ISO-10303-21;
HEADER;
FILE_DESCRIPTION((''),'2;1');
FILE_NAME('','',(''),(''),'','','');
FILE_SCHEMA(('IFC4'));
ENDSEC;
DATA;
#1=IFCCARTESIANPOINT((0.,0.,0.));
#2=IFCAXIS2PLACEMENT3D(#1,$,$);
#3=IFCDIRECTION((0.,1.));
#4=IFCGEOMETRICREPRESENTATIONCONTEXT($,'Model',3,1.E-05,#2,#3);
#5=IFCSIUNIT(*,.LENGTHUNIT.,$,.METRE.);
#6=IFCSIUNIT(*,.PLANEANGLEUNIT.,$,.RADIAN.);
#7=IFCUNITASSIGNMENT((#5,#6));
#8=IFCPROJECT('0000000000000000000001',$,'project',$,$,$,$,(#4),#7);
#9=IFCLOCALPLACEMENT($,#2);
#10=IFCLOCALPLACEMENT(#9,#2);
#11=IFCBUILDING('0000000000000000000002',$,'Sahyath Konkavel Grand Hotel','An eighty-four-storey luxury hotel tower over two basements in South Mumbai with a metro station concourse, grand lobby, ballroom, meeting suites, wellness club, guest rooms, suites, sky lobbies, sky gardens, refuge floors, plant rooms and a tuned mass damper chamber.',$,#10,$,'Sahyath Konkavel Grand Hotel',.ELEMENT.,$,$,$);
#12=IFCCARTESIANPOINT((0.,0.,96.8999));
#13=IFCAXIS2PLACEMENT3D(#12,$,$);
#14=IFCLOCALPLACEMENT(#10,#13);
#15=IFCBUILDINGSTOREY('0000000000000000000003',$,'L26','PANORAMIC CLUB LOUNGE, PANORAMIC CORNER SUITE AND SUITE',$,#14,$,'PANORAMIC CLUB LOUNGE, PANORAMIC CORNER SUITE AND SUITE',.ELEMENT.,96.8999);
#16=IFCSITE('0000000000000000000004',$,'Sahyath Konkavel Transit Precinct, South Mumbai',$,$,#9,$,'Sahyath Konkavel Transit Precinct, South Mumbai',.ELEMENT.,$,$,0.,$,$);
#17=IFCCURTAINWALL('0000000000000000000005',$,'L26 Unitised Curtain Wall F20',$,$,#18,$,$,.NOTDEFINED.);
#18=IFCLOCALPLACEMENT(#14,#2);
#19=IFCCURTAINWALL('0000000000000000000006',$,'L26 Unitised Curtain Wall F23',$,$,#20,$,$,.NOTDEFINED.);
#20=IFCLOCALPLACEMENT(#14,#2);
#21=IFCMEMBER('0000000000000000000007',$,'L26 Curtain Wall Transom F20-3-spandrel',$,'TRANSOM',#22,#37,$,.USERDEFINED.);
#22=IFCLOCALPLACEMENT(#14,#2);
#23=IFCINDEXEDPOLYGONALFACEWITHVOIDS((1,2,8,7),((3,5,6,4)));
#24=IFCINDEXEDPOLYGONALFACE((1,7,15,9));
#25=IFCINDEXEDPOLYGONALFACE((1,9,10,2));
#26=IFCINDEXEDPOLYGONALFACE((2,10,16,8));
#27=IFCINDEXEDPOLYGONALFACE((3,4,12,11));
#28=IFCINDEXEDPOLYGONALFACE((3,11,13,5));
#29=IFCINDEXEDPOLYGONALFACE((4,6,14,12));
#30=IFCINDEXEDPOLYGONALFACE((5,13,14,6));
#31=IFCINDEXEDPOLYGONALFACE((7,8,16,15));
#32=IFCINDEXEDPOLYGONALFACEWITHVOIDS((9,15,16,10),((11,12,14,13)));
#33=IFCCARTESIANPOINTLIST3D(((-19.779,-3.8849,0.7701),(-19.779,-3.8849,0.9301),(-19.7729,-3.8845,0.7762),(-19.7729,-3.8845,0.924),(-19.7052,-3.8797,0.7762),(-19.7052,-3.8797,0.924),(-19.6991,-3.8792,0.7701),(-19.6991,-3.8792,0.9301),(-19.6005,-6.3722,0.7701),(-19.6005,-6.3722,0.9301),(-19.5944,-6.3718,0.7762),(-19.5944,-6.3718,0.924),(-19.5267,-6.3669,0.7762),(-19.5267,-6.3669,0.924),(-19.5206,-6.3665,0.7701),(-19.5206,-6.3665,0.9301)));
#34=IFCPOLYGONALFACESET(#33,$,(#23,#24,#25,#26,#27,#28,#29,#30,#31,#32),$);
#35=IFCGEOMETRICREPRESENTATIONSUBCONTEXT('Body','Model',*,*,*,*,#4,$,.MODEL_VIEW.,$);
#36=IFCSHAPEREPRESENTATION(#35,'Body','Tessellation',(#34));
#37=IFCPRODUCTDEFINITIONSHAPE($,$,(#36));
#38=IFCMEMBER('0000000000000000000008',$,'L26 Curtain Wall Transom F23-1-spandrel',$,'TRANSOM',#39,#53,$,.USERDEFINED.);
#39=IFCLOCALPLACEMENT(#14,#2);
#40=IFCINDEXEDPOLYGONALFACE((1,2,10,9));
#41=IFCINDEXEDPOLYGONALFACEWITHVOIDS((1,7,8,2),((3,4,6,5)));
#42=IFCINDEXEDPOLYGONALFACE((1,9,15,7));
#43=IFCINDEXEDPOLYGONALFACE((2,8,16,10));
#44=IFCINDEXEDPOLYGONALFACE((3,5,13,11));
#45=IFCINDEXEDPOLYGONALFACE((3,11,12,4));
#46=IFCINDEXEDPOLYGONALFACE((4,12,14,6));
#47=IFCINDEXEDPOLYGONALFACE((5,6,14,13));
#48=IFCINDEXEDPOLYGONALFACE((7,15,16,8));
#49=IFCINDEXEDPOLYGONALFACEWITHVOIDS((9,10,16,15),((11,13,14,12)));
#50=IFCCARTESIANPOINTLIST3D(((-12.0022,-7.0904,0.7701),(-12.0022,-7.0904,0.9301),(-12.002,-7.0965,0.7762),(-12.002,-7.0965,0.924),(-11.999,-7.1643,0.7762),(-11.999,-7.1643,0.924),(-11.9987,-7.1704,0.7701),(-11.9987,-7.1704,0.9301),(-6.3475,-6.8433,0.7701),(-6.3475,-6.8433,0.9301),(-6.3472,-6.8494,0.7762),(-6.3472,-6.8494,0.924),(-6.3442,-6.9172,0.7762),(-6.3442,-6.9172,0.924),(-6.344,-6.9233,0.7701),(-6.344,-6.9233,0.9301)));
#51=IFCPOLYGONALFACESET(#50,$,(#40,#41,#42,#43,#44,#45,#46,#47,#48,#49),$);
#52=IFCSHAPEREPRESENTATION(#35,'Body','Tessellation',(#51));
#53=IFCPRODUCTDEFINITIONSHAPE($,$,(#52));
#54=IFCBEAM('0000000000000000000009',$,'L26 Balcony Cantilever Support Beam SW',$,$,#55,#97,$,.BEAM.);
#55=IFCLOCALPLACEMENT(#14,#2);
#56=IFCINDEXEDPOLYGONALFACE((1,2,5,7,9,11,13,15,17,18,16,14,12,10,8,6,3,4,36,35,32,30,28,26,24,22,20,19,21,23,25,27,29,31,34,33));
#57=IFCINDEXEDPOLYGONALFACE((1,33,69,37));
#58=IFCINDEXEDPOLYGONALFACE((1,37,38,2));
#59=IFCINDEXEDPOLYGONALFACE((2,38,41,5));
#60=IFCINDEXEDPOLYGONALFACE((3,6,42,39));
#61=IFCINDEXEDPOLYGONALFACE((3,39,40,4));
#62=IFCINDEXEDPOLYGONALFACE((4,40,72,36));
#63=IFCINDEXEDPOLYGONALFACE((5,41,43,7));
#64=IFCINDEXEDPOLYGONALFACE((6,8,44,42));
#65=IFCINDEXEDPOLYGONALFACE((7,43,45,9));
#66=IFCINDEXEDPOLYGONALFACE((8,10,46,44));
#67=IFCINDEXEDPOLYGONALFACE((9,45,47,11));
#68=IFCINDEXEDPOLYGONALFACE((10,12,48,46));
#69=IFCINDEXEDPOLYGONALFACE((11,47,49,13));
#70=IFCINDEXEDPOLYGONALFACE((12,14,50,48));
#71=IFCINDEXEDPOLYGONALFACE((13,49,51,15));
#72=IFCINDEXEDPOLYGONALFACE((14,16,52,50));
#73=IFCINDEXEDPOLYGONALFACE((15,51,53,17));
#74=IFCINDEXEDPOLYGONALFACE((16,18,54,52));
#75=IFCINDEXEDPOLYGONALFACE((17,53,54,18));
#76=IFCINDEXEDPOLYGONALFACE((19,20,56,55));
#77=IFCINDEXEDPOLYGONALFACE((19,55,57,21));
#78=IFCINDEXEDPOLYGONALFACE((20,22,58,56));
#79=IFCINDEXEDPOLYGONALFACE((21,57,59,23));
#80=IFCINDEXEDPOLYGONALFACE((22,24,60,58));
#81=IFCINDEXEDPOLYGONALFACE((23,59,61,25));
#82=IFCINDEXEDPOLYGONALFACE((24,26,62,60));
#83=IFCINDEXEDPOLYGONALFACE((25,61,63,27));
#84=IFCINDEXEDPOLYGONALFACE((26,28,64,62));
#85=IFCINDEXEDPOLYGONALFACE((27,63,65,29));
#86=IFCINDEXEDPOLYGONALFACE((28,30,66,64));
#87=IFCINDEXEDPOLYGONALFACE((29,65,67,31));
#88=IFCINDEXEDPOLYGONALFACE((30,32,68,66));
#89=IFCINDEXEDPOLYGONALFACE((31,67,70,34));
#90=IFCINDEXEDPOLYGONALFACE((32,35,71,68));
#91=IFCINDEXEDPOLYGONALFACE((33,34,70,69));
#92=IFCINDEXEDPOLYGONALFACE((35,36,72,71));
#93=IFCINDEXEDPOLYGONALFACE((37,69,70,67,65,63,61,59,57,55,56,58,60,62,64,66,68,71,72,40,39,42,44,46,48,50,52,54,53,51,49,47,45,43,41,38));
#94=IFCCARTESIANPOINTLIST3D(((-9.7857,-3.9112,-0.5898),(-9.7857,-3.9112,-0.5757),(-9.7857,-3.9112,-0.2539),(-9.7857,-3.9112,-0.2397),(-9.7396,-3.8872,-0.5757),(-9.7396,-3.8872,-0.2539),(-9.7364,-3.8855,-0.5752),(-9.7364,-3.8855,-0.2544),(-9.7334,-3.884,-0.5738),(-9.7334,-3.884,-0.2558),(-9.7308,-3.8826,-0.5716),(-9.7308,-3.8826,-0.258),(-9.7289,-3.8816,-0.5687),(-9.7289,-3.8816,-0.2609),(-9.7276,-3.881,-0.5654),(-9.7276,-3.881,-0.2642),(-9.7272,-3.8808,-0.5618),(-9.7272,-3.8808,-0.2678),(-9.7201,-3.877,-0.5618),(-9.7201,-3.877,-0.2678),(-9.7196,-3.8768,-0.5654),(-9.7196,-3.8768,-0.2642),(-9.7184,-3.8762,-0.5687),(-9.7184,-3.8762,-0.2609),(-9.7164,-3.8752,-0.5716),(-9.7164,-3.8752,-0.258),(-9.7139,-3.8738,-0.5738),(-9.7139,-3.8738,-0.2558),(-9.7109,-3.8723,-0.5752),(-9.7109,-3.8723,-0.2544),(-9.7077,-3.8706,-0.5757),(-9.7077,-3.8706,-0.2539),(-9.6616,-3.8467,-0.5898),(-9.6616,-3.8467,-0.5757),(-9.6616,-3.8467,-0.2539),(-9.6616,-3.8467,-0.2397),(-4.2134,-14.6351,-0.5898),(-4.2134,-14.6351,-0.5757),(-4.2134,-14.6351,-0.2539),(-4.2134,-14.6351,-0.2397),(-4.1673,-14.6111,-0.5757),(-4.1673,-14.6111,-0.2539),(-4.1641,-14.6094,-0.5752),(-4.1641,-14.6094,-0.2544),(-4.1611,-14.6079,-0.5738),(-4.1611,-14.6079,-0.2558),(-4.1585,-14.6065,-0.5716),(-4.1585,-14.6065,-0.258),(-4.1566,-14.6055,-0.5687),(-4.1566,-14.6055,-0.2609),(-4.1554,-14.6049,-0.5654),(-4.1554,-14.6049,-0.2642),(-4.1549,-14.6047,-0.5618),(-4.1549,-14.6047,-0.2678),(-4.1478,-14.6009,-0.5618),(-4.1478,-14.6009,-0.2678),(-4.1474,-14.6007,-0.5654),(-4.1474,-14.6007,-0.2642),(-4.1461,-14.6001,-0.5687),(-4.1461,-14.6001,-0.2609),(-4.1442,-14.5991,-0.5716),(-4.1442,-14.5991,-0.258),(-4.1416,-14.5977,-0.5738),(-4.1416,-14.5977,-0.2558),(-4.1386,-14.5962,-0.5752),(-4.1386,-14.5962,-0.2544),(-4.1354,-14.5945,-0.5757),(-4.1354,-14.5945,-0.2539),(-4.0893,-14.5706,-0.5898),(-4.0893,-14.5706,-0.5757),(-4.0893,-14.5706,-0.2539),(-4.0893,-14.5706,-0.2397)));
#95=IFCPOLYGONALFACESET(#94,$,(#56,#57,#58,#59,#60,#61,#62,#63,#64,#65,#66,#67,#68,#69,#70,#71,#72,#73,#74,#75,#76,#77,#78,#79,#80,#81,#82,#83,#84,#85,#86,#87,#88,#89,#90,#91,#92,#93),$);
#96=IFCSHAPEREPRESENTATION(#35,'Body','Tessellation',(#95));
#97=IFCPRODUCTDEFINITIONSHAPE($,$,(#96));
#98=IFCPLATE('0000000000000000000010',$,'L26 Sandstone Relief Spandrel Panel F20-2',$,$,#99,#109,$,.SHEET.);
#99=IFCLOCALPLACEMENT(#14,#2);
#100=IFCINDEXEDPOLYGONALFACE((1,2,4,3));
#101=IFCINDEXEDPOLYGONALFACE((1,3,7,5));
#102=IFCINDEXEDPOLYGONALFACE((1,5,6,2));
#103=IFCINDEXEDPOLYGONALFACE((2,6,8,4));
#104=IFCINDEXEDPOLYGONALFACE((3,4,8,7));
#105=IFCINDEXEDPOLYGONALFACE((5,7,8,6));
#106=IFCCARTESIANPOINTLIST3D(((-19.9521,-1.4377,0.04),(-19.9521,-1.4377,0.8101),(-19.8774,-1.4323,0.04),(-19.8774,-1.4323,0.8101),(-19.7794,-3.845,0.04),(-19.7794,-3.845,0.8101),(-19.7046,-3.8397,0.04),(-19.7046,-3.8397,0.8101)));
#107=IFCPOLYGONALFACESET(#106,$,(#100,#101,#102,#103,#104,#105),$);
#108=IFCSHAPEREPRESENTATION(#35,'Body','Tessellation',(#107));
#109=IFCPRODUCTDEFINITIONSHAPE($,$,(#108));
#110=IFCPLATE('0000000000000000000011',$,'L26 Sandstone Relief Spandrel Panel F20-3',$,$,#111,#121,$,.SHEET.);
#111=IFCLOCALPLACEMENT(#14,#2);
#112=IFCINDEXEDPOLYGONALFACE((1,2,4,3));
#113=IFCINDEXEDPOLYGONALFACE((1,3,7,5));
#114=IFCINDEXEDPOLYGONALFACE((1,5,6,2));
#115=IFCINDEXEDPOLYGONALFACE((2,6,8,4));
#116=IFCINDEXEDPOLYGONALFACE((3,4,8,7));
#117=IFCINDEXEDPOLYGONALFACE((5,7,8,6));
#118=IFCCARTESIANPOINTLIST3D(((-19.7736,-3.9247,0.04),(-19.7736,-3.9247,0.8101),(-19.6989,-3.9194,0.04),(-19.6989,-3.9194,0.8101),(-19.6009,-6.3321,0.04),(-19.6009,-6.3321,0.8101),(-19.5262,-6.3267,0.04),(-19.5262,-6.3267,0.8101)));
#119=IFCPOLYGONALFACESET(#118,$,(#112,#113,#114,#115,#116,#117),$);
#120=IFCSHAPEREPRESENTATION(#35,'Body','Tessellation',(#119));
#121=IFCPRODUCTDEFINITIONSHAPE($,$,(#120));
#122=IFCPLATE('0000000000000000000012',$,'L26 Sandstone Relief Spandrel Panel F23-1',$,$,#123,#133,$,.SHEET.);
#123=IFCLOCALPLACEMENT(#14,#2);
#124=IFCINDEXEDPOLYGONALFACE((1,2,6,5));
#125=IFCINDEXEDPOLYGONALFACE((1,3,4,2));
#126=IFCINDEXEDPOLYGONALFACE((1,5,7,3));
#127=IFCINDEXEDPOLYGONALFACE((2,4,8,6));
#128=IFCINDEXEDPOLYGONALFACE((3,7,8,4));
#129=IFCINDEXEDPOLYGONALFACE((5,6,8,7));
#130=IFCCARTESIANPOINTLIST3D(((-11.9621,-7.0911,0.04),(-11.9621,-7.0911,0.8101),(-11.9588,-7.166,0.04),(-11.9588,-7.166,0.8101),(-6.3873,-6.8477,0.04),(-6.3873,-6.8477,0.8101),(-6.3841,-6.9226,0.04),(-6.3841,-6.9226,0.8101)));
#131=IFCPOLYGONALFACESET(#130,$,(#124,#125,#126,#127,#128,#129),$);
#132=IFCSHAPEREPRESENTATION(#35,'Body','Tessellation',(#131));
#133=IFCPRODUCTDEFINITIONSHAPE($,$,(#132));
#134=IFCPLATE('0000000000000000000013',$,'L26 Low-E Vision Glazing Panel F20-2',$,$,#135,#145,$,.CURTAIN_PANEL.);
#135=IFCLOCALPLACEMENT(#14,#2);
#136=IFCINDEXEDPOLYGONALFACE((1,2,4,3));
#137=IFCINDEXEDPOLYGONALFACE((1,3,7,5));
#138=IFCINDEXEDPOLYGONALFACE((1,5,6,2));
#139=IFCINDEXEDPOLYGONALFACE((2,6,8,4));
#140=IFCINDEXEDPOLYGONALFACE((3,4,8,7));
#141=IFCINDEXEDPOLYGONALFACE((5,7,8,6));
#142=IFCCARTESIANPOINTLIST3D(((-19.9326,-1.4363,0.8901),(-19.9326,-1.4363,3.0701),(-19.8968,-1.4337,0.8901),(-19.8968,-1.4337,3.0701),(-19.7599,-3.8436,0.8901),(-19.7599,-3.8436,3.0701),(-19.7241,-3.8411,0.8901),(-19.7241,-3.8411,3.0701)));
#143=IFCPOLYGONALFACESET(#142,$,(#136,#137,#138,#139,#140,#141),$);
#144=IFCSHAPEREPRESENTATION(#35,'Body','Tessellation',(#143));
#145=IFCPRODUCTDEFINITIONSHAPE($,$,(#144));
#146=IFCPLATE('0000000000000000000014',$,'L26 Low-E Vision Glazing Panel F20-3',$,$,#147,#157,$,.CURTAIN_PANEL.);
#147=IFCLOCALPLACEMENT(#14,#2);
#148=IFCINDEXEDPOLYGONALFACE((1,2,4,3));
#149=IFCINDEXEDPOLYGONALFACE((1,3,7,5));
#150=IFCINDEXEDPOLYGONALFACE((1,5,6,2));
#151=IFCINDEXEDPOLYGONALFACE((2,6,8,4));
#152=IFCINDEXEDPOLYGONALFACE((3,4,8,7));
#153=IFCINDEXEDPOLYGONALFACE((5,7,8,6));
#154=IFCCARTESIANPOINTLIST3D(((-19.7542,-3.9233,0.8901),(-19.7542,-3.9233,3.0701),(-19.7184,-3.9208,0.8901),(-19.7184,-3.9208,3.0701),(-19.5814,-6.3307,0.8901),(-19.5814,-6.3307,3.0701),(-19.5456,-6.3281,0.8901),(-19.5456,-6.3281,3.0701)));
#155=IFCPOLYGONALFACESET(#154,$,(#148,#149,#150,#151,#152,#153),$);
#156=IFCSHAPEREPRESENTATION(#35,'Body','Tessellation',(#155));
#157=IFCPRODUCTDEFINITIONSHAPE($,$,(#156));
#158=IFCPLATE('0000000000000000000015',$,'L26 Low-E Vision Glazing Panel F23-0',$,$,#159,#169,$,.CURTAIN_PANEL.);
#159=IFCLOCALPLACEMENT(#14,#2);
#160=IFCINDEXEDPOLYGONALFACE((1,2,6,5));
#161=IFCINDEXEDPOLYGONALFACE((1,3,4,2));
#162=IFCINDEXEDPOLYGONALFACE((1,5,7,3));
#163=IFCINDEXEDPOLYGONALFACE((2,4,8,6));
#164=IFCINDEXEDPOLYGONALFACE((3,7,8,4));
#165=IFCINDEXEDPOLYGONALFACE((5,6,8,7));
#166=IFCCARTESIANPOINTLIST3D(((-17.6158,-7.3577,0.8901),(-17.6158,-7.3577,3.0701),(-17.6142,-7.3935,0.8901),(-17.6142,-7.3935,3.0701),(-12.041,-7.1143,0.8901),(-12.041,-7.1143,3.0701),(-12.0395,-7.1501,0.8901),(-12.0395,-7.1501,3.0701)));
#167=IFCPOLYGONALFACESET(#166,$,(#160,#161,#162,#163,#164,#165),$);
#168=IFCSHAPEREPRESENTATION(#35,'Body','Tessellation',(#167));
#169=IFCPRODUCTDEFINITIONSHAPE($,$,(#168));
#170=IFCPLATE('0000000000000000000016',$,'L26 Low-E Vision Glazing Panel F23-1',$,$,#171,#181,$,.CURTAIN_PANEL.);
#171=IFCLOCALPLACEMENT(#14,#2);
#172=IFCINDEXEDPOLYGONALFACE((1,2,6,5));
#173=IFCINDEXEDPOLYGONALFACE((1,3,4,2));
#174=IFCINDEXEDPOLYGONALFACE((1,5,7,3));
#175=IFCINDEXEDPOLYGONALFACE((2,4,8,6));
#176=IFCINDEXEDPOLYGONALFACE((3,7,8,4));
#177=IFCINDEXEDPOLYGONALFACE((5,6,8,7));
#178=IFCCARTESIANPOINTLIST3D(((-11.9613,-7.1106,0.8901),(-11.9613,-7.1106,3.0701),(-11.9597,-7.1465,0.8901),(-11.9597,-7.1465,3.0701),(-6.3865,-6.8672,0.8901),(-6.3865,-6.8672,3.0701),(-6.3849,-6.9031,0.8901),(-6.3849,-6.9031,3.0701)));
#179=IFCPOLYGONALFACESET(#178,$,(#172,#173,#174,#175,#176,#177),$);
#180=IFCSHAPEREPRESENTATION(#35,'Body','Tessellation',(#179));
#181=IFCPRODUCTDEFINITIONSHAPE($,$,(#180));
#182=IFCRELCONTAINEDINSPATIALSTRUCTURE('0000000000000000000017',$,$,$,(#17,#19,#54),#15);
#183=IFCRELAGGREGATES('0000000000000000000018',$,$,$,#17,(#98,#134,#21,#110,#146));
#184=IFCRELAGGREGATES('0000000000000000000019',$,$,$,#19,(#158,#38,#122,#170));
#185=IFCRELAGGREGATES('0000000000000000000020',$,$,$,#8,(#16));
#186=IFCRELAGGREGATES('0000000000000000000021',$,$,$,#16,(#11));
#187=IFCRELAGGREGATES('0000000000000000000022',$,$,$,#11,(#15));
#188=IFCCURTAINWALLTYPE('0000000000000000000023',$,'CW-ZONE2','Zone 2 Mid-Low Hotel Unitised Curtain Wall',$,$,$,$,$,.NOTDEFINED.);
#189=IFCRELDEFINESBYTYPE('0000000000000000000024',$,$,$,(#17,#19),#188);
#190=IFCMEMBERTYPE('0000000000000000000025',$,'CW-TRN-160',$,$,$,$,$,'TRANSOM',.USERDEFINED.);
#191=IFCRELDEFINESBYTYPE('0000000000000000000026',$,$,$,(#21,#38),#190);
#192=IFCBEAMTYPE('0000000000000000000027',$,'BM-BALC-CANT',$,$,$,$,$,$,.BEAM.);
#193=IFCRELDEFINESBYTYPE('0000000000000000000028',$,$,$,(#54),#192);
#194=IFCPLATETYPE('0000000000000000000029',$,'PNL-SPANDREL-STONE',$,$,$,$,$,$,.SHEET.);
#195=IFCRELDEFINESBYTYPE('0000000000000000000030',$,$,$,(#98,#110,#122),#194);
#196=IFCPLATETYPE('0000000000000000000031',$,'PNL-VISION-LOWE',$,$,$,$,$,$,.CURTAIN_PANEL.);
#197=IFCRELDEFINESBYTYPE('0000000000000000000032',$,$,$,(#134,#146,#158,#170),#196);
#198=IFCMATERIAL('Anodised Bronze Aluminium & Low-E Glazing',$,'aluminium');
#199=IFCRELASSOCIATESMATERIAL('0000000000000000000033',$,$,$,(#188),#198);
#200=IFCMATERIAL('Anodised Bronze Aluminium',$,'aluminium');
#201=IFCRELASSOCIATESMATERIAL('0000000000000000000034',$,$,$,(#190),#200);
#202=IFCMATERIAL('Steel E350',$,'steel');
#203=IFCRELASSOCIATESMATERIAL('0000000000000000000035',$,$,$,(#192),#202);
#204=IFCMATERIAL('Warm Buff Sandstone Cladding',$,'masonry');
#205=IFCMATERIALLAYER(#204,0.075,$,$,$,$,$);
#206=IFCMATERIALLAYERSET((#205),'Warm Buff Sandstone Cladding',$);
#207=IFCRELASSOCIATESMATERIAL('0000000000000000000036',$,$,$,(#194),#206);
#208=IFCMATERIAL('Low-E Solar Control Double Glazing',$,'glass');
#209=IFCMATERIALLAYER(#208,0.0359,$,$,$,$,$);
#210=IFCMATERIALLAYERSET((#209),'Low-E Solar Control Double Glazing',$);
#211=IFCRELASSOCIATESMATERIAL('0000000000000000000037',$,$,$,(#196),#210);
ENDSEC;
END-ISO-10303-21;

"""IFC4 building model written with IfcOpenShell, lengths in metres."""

from ifc_helpers import new_model, si_unit, direction, frame, origin, origin_2d, place, context, subcontext, project, spatial, rectangle, hollow_rectangle, i_section, extrude, source, transform, mapped, material, layer, layer_set, material_profile, profile_set, type_object, element, aggregate, save


model = new_model("IFC4")

# Units and contexts
model_context = context("Model", 3, precision=1e-05, world=origin(), true_north=direction((0.0, 1.0)))
body_context = subcontext(model_context, "Body", "Model", "MODEL_VIEW")
ifc_project = project(units=[si_unit("LENGTHUNIT", "METRE"), si_unit("PLANEANGLEUNIT", "RADIAN")], contexts=[model_context])

# Site, building, storey
site_placement = place(None, origin())
site = spatial("IfcSite", under=ifc_project, at=site_placement, Name="Sahyath Konkavel Transit Precinct, South Mumbai", LongName="Sahyath Konkavel Transit Precinct, South Mumbai", CompositionType="ELEMENT", RefElevation=0.0)
building_placement = place(site_placement, origin())
building = spatial("IfcBuilding", under=site, at=building_placement, Name="Sahyath Konkavel Grand Hotel", Description="An eighty-four-storey luxury hotel tower over two basements in South Mumbai with a metro station concourse, grand lobby, ballroom, meeting suites, wellness club, guest rooms, suites, sky lobbies, sky gardens, refuge floors, plant rooms and a tuned mass damper chamber.", LongName="Sahyath Konkavel Grand Hotel", CompositionType="ELEMENT")
storey_placement = place(building_placement, frame((0.0, 0.0, 96.8999)))
storey = spatial("IfcBuildingStorey", under=building, at=storey_placement, Name="L26", Description="PANORAMIC CLUB LOUNGE, PANORAMIC CORNER SUITE AND SUITE", LongName="PANORAMIC CLUB LOUNGE, PANORAMIC CORNER SUITE AND SUITE", CompositionType="ELEMENT", Elevation=96.8999)

# Shared definitions
ifc_material_1 = material(Name="Steel E350", Category="steel")

# Curtain wall
ifc_material_2 = material(Name="Anodised Bronze Aluminium & Low-E Glazing", Category="aluminium")
curtain_wall_type = type_object("IfcCurtainWallType", Name="CW-ZONE2", Description="Zone 2 Mid-Low Hotel Unitised Curtain Wall", PredefinedType="NOTDEFINED", material=ifc_material_2)
curtain_wall_1_placement = place(storey_placement, origin())
curtain_wall_1 = element("IfcCurtainWall", 1, at=curtain_wall_1_placement, inside=storey, type_object=curtain_wall_type, Name="L26 Unitised Curtain Wall F20", PredefinedType="NOTDEFINED")
ifc_material_3 = material(Name="Anodised Bronze Aluminium", Category="aluminium")

# Curtain wall
curtain_wall_2_placement = place(storey_placement, origin())
curtain_wall_2 = element("IfcCurtainWall", 2, at=curtain_wall_2_placement, inside=storey, type_object=curtain_wall_type, Name="L26 Unitised Curtain Wall F23", PredefinedType="NOTDEFINED")

# Members
ifc_material_profile_1 = material_profile(ifc_material_3, hollow_rectangle(XDim=0.0801, YDim=0.1599, WallThickness=0.0061, at=origin_2d()), Name="RHS 160x80x6")
ifc_profile_set_1 = profile_set([ifc_material_profile_1], Name="Anodised Bronze Aluminium")
member_type_1 = type_object("IfcMemberType", Name="CW-TRN-160", ElementType="TRANSOM", PredefinedType="USERDEFINED", material=ifc_profile_set_1)
shared_shape_1 = source(origin(), body_context, "Body", "SweptSolid", [
    extrude(hollow_rectangle(XDim=0.0801, YDim=0.1599, WallThickness=0.0061, at=origin_2d()), origin(), (0.0, 0.0, 1.0), 2.4937),
])
member_1_placement = place(storey_placement, frame((-19.739, -3.8821, 0.8501), z_axis=(0.071567, -0.997436, 0.0), x_axis=(0.997436, 0.071567, 0.0)))
member_1 = element("IfcMember", 3, at=member_1_placement, type_object=member_type_1, Name="L26 Curtain Wall Transom F20-3-spandrel", ObjectType="TRANSOM", PredefinedType="USERDEFINED", context=body_context, shape_type="MappedRepresentation", body=[
    mapped(shared_shape_1, transform((0.0, 0.0, 0.0), scale=1.0)),
])
shared_shape_2 = source(origin(), body_context, "Body", "SweptSolid", [
    extrude(hollow_rectangle(XDim=0.0801, YDim=0.1599, WallThickness=0.0061, at=origin_2d()), origin(), (0.0, 0.0, 1.0), 5.6602),
])
member_2_placement = place(storey_placement, frame((-12.0005, -7.1304, 0.8501), z_axis=(0.999047, 0.043651, 0.0), x_axis=(-0.043651, 0.999047, 0.0)))
member_2 = element("IfcMember", 4, at=member_2_placement, type_object=member_type_1, Name="L26 Curtain Wall Transom F23-1-spandrel", ObjectType="TRANSOM", PredefinedType="USERDEFINED", context=body_context, shape_type="MappedRepresentation", body=[
    mapped(shared_shape_2, transform((0.0, 0.0, 0.0), scale=1.0)),
])

# Beam
ifc_material_profile_2 = material_profile(ifc_material_1, i_section(OverallWidth=0.1399, OverallDepth=0.3501, WebThickness=0.0081, FlangeThickness=0.0142, FilletRadius=0.0139, at=origin_2d()), Name="ISMB 350")
ifc_profile_set_2 = profile_set([ifc_material_profile_2], Name="Steel E350")
beam_type_1 = type_object("IfcBeamType", Name="BM-BALC-CANT", PredefinedType="BEAM", material=ifc_profile_set_2)
shared_shape_3 = source(origin(), body_context, "Body", "SweptSolid", [
    extrude(i_section(OverallWidth=0.1399, OverallDepth=0.3501, WebThickness=0.0081, FlangeThickness=0.0142, FilletRadius=0.0139, at=origin_2d()), origin(), (0.0, 0.0, 1.0), 12.0852),
])
beam_1_placement = place(storey_placement, frame((-9.7236, -3.8789, -0.4148), z_axis=(0.461082, -0.887357, 0.0), x_axis=(0.887357, 0.461082, 0.0)))
element("IfcBeam", 5, at=beam_1_placement, inside=storey, type_object=beam_type_1, Name="L26 Balcony Cantilever Support Beam SW", PredefinedType="BEAM", context=body_context, shape_type="MappedRepresentation", body=[
    mapped(shared_shape_3, transform((0.0, 0.0, 0.0), scale=1.0)),
])

# Plates
ifc_material_4 = material(Name="Warm Buff Sandstone Cladding", Category="masonry")
ifc_layer_1 = layer(ifc_material_4, 0.075)
ifc_layer_set_1 = layer_set([ifc_layer_1], Name="Warm Buff Sandstone Cladding")
plate_type_1 = type_object("IfcPlateType", Name="PNL-SPANDREL-STONE", PredefinedType="SHEET", material=ifc_layer_set_1)
shared_shape_4 = source(origin(), body_context, "Body", "SweptSolid", [
    extrude(rectangle(XDim=2.4136, YDim=0.075, at=origin_2d()), origin(), (0.0, 0.0, 1.0), 0.77),
])
plate_1_placement = place(storey_placement, frame((-19.8284, -2.6387, 0.04), z_axis=(0.0, 0.0, 1.0), x_axis=(0.071567, -0.997436, 0.0)))
plate_1 = element("IfcPlate", 6, at=plate_1_placement, type_object=plate_type_1, Name="L26 Sandstone Relief Spandrel Panel F20-2", PredefinedType="SHEET", context=body_context, shape_type="MappedRepresentation", body=[
    mapped(shared_shape_4, transform((0.0, 0.0, 0.0), scale=1.0)),
])
plate_2_placement = place(storey_placement, frame((-19.6499, -5.1257, 0.04), z_axis=(0.0, 0.0, 1.0), x_axis=(0.071567, -0.997436, 0.0)))
plate_2 = element("IfcPlate", 7, at=plate_2_placement, type_object=plate_type_1, Name="L26 Sandstone Relief Spandrel Panel F20-3", PredefinedType="SHEET", context=body_context, shape_type="MappedRepresentation", body=[
    mapped(shared_shape_4, transform((0.0, 0.0, 0.0), scale=1.0)),
])
shared_shape_5 = source(origin(), body_context, "Body", "SweptSolid", [
    extrude(rectangle(XDim=5.5801, YDim=0.075, at=origin_2d()), origin(), (0.0, 0.0, 1.0), 0.77),
])
plate_3_placement = place(storey_placement, frame((-9.1731, -7.0068, 0.04), z_axis=(0.0, 0.0, 1.0), x_axis=(0.999048, 0.043619, 0.0)))
plate_3 = element("IfcPlate", 8, at=plate_3_placement, type_object=plate_type_1, Name="L26 Sandstone Relief Spandrel Panel F23-1", PredefinedType="SHEET", context=body_context, shape_type="MappedRepresentation", body=[
    mapped(shared_shape_5, transform((0.0, 0.0, 0.0), scale=1.0)),
])
ifc_material_5 = material(Name="Low-E Solar Control Double Glazing", Category="glass")
ifc_layer_2 = layer(ifc_material_5, 0.0359)
ifc_layer_set_2 = layer_set([ifc_layer_2], Name="Low-E Solar Control Double Glazing")
plate_type_2 = type_object("IfcPlateType", Name="PNL-VISION-LOWE", PredefinedType="CURTAIN_PANEL", material=ifc_layer_set_2)
shared_shape_6 = source(origin(), body_context, "Body", "SweptSolid", [
    extrude(rectangle(XDim=2.4136, YDim=0.0359, at=origin_2d()), origin(), (0.0, 0.0, 1.0), 2.1799),
])
plate_4_placement = place(storey_placement, frame((-19.8284, -2.6387, 0.8901), z_axis=(0.0, 0.0, 1.0), x_axis=(0.071567, -0.997436, 0.0)))
plate_4 = element("IfcPlate", 9, at=plate_4_placement, type_object=plate_type_2, Name="L26 Low-E Vision Glazing Panel F20-2", PredefinedType="CURTAIN_PANEL", context=body_context, shape_type="MappedRepresentation", body=[
    mapped(shared_shape_6, transform((0.0, 0.0, 0.0), scale=1.0)),
])
plate_5_placement = place(storey_placement, frame((-19.6499, -5.1257, 0.8901), z_axis=(0.0, 0.0, 1.0), x_axis=(0.071567, -0.997436, 0.0)))
plate_5 = element("IfcPlate", 10, at=plate_5_placement, type_object=plate_type_2, Name="L26 Low-E Vision Glazing Panel F20-3", PredefinedType="CURTAIN_PANEL", context=body_context, shape_type="MappedRepresentation", body=[
    mapped(shared_shape_6, transform((0.0, 0.0, 0.0), scale=1.0)),
])
aggregate(curtain_wall_1, [plate_1, plate_4, member_1, plate_2, plate_5])
shared_shape_7 = source(origin(), body_context, "Body", "SweptSolid", [
    extrude(rectangle(XDim=5.5801, YDim=0.0359, at=origin_2d()), origin(), (0.0, 0.0, 1.0), 2.1799),
])
plate_6_placement = place(storey_placement, frame((-14.8276, -7.2539, 0.8901), z_axis=(0.0, 0.0, 1.0), x_axis=(0.999048, 0.043619, 0.0)))
plate_6 = element("IfcPlate", 11, at=plate_6_placement, type_object=plate_type_2, Name="L26 Low-E Vision Glazing Panel F23-0", PredefinedType="CURTAIN_PANEL", context=body_context, shape_type="MappedRepresentation", body=[
    mapped(shared_shape_7, transform((0.0, 0.0, 0.0), scale=1.0)),
])
plate_7_placement = place(storey_placement, frame((-9.1731, -7.0068, 0.8901), z_axis=(0.0, 0.0, 1.0), x_axis=(0.999048, 0.043619, 0.0)))
plate_7 = element("IfcPlate", 12, at=plate_7_placement, type_object=plate_type_2, Name="L26 Low-E Vision Glazing Panel F23-1", PredefinedType="CURTAIN_PANEL", context=body_context, shape_type="MappedRepresentation", body=[
    mapped(shared_shape_7, transform((0.0, 0.0, 0.0), scale=1.0)),
])
aggregate(curtain_wall_2, [plate_6, member_2, plate_3, plate_7])

save(model, "model.ifc")
